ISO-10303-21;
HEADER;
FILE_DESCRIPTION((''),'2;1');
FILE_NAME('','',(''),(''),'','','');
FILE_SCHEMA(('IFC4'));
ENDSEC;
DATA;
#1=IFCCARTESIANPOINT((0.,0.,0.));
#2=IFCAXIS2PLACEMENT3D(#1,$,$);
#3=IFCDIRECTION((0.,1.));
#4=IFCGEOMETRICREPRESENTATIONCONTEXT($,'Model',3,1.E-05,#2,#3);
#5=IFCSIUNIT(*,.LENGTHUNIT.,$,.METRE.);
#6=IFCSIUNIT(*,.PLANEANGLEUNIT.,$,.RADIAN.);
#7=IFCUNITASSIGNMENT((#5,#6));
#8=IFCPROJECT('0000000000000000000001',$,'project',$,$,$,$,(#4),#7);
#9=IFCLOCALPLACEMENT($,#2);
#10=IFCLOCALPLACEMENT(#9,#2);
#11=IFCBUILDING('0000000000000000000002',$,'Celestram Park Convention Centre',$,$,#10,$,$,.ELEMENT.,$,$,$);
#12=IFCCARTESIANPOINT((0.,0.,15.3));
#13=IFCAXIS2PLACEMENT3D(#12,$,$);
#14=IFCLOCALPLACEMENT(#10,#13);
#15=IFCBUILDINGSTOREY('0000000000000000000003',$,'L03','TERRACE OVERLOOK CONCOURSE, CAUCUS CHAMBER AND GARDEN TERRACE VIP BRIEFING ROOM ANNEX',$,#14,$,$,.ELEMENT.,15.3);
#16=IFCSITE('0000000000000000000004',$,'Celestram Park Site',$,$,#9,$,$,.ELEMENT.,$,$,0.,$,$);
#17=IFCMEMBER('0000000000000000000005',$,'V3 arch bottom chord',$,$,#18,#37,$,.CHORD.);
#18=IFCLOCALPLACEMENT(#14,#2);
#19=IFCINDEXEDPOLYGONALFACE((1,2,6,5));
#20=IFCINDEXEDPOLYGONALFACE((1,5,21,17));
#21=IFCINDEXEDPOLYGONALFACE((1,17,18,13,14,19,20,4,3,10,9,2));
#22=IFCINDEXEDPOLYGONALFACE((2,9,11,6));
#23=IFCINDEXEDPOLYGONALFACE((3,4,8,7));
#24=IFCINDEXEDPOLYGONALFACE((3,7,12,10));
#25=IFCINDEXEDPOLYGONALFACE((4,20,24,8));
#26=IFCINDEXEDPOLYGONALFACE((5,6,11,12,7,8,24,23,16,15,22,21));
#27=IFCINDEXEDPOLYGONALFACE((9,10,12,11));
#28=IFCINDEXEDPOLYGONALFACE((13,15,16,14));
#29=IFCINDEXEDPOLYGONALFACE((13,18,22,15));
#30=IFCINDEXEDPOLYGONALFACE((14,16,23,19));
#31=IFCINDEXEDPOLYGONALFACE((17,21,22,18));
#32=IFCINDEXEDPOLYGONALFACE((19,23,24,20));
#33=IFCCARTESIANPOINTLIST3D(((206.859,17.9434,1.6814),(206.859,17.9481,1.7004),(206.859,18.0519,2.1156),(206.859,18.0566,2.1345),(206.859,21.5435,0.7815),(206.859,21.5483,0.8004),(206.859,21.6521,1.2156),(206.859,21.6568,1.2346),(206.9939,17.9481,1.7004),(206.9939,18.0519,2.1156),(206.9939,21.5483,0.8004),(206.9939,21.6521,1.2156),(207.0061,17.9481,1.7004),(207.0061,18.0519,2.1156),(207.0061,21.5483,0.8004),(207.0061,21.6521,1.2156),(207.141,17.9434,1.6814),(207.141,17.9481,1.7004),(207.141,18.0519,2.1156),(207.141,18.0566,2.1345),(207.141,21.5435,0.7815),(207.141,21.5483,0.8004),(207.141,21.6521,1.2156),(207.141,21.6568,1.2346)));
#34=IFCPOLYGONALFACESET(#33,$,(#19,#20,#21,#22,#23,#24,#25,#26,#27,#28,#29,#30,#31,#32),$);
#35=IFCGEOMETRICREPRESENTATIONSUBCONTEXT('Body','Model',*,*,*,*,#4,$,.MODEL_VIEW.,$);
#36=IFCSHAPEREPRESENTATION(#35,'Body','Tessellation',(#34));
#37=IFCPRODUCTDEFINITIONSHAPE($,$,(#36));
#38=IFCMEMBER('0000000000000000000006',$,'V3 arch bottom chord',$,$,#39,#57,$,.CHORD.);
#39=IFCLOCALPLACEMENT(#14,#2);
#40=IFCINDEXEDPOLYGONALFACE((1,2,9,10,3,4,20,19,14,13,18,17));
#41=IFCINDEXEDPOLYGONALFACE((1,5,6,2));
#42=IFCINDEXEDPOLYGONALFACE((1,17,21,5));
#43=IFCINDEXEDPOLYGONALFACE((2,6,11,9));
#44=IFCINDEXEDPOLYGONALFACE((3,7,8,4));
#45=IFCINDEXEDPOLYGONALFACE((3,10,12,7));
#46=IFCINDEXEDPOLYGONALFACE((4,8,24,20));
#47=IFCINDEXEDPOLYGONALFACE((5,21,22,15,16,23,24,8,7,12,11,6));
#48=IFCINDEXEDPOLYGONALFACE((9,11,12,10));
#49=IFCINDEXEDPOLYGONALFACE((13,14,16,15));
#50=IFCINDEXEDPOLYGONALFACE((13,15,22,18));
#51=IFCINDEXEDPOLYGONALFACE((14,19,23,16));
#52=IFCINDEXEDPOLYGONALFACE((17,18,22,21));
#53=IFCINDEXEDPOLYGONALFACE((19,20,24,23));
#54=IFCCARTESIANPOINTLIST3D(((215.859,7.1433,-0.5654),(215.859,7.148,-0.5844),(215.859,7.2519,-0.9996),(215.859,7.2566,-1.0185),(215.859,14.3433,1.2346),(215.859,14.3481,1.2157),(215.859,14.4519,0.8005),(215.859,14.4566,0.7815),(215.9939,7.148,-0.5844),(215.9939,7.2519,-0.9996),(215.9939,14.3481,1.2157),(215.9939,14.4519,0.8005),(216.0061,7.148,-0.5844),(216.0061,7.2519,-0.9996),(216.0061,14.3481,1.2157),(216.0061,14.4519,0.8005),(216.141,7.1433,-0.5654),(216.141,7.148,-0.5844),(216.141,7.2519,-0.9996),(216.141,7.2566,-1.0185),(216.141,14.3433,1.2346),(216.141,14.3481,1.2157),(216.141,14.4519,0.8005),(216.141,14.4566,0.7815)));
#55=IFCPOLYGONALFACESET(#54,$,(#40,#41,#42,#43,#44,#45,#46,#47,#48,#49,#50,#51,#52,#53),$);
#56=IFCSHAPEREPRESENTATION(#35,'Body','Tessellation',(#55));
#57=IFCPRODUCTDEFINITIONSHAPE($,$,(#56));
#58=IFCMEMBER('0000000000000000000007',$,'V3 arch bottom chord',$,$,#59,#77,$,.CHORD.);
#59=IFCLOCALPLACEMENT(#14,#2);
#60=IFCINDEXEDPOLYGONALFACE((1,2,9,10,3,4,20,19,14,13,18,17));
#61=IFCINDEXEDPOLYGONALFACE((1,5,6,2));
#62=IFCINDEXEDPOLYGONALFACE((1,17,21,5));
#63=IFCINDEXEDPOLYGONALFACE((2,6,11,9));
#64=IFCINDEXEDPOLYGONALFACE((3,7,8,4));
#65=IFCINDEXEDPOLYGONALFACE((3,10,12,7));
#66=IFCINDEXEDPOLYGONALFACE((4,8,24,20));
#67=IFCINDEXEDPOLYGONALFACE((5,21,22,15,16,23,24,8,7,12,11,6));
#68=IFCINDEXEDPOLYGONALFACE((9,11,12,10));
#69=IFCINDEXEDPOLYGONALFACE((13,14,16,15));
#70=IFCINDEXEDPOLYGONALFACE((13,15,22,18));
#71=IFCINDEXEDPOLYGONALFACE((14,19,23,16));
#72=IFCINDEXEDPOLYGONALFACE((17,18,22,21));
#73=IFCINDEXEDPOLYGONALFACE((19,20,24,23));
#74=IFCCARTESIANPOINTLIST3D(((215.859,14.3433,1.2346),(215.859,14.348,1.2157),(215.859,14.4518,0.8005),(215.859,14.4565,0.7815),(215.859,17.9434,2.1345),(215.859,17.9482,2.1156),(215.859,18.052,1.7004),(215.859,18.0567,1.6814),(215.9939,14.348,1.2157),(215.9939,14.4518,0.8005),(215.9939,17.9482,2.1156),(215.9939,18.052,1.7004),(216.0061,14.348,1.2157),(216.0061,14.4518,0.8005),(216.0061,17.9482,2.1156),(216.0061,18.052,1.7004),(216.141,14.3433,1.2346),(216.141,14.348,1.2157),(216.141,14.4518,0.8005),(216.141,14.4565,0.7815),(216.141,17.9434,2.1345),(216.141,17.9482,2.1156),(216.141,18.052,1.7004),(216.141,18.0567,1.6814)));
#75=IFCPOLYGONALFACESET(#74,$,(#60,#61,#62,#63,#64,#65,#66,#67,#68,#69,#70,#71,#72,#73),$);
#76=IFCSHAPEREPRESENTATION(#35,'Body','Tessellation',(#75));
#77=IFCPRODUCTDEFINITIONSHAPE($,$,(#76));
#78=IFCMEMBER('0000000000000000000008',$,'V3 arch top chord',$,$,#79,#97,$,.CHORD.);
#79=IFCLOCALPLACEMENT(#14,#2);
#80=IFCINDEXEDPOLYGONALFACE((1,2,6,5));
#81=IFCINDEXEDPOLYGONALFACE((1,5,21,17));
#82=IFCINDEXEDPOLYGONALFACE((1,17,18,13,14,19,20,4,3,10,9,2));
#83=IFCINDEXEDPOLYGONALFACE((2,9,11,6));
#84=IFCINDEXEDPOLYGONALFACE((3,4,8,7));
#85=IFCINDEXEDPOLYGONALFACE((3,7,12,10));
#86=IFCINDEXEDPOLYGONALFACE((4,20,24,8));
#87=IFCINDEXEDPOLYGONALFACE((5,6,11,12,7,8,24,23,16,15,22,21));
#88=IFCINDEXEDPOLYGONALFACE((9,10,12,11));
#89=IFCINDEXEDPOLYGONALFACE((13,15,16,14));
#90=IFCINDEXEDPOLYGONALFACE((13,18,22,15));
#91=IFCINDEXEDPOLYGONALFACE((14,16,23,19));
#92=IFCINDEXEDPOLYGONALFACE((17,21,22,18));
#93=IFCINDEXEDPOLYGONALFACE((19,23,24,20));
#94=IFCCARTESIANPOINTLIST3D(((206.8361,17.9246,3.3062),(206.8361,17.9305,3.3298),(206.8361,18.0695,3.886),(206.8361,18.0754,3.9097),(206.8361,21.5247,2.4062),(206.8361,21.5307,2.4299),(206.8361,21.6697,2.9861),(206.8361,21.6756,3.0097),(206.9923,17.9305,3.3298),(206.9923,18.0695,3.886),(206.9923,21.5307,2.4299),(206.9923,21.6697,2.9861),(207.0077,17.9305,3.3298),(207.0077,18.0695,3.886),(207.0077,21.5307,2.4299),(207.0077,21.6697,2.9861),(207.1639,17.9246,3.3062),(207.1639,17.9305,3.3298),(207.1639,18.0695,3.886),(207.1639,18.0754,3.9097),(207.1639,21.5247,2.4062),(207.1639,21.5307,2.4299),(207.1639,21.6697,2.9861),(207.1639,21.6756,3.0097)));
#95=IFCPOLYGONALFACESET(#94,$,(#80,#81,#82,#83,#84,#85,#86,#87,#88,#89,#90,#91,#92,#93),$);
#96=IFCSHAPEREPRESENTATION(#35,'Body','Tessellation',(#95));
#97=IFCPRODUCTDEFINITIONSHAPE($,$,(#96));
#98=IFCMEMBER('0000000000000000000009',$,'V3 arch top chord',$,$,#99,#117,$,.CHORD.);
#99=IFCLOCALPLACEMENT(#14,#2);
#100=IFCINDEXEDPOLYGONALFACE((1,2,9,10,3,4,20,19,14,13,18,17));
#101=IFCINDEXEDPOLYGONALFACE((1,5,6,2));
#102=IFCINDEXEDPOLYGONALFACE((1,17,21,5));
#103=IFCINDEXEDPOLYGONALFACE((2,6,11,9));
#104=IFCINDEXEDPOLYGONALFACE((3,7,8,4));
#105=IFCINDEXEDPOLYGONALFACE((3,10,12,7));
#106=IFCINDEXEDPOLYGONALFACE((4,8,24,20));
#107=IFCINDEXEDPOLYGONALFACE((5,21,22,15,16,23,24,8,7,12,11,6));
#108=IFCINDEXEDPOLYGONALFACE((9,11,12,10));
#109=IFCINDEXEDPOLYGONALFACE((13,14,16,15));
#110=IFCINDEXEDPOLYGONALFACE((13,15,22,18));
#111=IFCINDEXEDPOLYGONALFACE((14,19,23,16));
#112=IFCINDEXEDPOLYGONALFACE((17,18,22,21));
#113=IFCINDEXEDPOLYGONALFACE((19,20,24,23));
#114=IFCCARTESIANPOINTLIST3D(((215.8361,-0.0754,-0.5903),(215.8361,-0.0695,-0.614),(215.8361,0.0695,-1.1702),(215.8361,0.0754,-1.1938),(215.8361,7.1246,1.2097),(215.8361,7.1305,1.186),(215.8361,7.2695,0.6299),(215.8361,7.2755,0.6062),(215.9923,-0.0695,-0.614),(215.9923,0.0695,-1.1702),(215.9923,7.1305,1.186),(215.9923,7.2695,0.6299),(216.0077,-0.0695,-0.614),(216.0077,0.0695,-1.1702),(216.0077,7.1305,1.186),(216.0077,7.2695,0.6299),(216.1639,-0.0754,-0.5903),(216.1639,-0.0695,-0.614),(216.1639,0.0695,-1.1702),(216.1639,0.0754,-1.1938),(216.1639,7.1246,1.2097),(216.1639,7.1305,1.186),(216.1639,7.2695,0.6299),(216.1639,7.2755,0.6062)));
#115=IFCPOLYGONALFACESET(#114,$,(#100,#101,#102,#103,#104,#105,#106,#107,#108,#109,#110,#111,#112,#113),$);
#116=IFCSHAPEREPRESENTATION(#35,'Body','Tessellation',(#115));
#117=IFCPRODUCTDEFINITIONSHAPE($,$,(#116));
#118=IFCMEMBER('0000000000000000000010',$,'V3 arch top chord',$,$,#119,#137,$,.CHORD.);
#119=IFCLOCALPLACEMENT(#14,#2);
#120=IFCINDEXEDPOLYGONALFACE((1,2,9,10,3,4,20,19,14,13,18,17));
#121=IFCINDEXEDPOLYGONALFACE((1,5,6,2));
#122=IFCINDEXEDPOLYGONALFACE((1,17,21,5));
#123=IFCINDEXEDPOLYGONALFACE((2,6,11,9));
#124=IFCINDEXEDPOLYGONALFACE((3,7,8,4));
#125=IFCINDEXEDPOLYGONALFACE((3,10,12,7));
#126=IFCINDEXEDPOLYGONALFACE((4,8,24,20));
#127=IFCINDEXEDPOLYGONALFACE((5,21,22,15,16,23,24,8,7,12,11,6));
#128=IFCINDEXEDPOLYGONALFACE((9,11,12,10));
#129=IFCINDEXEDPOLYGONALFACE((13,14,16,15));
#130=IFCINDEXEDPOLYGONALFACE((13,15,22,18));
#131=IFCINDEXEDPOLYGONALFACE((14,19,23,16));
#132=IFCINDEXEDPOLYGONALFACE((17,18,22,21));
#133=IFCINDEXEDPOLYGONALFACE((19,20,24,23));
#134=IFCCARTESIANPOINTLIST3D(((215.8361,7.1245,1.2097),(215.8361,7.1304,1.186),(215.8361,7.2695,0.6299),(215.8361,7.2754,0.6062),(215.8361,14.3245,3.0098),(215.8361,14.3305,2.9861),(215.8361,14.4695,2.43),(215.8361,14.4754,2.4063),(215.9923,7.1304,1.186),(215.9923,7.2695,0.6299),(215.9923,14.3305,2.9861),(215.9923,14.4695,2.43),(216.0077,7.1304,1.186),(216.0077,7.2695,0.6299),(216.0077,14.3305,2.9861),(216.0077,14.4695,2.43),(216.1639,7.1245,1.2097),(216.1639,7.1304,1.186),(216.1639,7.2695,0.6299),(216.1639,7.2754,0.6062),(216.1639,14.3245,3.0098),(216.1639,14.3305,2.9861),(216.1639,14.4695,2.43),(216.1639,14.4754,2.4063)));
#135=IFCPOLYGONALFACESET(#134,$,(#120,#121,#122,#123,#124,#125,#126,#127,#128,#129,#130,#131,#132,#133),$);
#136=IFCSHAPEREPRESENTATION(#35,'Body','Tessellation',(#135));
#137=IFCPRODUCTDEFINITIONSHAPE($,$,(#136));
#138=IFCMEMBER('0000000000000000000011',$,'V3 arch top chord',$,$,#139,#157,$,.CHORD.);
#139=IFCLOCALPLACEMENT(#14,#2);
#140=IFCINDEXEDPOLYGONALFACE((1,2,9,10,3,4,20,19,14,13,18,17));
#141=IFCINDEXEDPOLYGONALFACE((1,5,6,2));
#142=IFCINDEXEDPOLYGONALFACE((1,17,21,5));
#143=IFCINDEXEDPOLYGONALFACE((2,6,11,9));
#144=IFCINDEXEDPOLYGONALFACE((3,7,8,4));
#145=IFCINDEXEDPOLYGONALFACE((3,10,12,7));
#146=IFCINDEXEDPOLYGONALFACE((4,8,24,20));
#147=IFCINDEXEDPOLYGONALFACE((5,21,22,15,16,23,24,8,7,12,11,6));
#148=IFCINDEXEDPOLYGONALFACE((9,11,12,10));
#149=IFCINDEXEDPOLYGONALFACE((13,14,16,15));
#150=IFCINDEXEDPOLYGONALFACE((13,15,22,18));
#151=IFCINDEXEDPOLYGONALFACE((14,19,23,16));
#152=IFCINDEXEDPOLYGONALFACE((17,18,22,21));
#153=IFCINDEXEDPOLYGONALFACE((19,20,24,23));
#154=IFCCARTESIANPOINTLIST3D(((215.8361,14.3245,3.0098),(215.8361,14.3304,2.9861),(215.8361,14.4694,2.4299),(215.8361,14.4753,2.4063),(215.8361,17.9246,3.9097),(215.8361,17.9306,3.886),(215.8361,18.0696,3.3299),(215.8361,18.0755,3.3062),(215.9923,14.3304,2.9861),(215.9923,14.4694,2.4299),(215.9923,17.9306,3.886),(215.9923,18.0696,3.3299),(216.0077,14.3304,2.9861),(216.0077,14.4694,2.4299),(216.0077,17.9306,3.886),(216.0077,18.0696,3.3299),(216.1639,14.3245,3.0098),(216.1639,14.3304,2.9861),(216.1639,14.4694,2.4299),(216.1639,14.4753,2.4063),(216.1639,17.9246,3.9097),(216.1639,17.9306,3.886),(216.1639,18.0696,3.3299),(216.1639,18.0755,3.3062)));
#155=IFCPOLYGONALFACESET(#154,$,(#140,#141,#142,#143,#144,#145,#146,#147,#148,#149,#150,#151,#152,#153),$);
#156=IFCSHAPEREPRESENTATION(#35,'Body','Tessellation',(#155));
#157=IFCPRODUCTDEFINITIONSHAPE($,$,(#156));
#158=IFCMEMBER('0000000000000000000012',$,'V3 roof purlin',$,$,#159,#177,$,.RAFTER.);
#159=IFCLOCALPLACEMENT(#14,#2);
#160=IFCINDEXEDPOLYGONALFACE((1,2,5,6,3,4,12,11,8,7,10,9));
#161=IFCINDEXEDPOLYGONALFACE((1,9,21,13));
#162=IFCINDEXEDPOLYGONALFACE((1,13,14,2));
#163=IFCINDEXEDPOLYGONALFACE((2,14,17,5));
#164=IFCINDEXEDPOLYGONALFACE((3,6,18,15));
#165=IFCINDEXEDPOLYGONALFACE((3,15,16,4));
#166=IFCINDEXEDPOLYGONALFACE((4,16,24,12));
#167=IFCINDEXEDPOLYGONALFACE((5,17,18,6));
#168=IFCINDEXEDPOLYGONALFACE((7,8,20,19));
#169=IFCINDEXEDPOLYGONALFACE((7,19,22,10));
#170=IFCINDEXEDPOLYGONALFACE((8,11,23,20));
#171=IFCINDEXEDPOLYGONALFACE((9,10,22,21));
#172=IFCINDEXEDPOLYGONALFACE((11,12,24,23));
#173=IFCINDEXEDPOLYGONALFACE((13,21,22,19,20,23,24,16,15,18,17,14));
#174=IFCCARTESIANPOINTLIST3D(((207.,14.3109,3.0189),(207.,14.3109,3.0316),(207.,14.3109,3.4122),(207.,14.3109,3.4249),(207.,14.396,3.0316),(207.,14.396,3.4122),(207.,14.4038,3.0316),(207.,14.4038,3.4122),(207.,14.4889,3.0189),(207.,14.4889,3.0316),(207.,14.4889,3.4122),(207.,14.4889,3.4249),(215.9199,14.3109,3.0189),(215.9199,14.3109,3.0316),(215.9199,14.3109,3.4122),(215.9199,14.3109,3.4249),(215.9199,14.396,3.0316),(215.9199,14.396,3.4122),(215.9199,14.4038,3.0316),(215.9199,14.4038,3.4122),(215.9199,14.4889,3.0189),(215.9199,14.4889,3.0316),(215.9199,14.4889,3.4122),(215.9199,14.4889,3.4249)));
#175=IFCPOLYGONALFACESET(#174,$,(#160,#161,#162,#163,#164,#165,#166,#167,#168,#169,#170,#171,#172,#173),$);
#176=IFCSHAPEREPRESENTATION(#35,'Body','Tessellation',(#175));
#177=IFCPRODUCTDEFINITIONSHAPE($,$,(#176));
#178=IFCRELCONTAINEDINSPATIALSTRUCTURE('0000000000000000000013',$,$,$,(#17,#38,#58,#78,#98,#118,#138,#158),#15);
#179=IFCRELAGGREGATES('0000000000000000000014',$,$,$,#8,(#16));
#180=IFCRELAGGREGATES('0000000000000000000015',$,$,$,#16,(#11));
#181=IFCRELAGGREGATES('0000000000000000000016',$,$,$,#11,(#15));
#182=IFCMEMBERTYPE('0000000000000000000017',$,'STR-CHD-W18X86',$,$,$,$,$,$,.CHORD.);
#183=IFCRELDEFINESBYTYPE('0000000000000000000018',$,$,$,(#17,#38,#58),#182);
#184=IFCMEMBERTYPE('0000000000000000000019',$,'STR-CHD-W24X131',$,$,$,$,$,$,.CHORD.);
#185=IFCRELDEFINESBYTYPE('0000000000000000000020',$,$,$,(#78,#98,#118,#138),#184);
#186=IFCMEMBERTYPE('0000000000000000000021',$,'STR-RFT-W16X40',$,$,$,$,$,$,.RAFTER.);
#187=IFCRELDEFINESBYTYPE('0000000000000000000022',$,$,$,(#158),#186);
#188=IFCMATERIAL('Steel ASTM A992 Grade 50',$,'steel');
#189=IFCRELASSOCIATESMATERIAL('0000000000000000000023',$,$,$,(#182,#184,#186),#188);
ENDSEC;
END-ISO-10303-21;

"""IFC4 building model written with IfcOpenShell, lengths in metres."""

from ifc_helpers import new_model, si_unit, direction, frame, origin, origin_2d, place, context, subcontext, project, spatial, i_section, extrude, material, material_profile, profile_set, type_object, element, save


model = new_model("IFC4")

# Units and contexts
model_context = context("Model", 3, precision=1e-05, world=origin(), true_north=direction((0.0, 1.0)))
body_context = subcontext(model_context, "Body", "Model", "MODEL_VIEW")
ifc_project = project(units=[si_unit("LENGTHUNIT", "METRE"), si_unit("PLANEANGLEUNIT", "RADIAN")], contexts=[model_context])

# Site, building, storey
site_placement = place(None, origin())
site = spatial("IfcSite", under=ifc_project, at=site_placement, Name="Celestram Park Site", CompositionType="ELEMENT", RefElevation=0.0)
building_placement = place(site_placement, origin())
building = spatial("IfcBuilding", under=site, at=building_placement, Name="Celestram Park Convention Centre", CompositionType="ELEMENT")
storey_placement = place(building_placement, frame((0.0, 0.0, 15.3)))
storey = spatial("IfcBuildingStorey", under=building, at=storey_placement, Name="L03", Description="TERRACE OVERLOOK CONCOURSE, CAUCUS CHAMBER AND GARDEN TERRACE VIP BRIEFING ROOM ANNEX", CompositionType="ELEMENT", Elevation=15.3)

# Members
ifc_material_1 = material(Name="Steel ASTM A992 Grade 50", Category="steel")
ifc_material_profile_1 = material_profile(ifc_material_1, i_section(OverallWidth=0.282, OverallDepth=0.467, WebThickness=0.0122, FlangeThickness=0.0195, at=origin_2d()), Name="W18X86")
ifc_profile_set_1 = profile_set([ifc_material_profile_1], Name="Steel ASTM A992 Grade 50")
member_type_1 = type_object("IfcMemberType", Name="STR-CHD-W18X86", PredefinedType="CHORD", material=ifc_profile_set_1)
for number, where, z_axis, x_axis, name in (
    (1, (207.0, 18.0, 1.908), (0.0, 0.97015, -0.242505), (-1.0, 0.0, 0.0), "V3 arch bottom chord"),
):
    element("IfcMember", number, at=place(storey_placement, frame(where, z_axis=z_axis, x_axis=x_axis)), inside=storey, type_object=member_type_1, Name=name, PredefinedType="CHORD", context=body_context, shape_type="SweptSolid", body=[
        extrude(i_section(OverallWidth=0.282, OverallDepth=0.467, WebThickness=0.0122, FlangeThickness=0.0195, at=origin_2d()), origin(), (0.0, 0.0, 1.0), 3.7109),
    ])
member_1_placement = place(storey_placement, frame((216.0, 7.2, -0.792), z_axis=(0.0, 0.970141, 0.242543), x_axis=(-1.0, 0.0, 0.0)))
element("IfcMember", 2, at=member_1_placement, inside=storey, type_object=member_type_1, Name="V3 arch bottom chord", PredefinedType="CHORD", context=body_context, shape_type="SweptSolid", body=[
    extrude(i_section(OverallWidth=0.282, OverallDepth=0.467, WebThickness=0.0122, FlangeThickness=0.0195, at=origin_2d()), origin(), (0.0, 0.0, 1.0), 7.4216),
])
member_2_placement = place(storey_placement, frame((216.0, 14.3999, 1.0081), z_axis=(0.0, 0.97015, 0.242505), x_axis=(-1.0, 0.0, 0.0)))
element("IfcMember", 3, at=member_2_placement, inside=storey, type_object=member_type_1, Name="V3 arch bottom chord", PredefinedType="CHORD", context=body_context, shape_type="SweptSolid", body=[
    extrude(i_section(OverallWidth=0.282, OverallDepth=0.467, WebThickness=0.0122, FlangeThickness=0.0195, at=origin_2d()), origin(), (0.0, 0.0, 1.0), 3.7109),
])
ifc_material_profile_2 = material_profile(ifc_material_1, i_section(OverallWidth=0.3279, OverallDepth=0.6221, WebThickness=0.0154, FlangeThickness=0.0244, at=origin_2d()), Name="W24X131")
ifc_profile_set_2 = profile_set([ifc_material_profile_2], Name="Steel ASTM A992 Grade 50")
member_type_2 = type_object("IfcMemberType", Name="STR-CHD-W24X131", PredefinedType="CHORD", material=ifc_profile_set_2)
member_3_placement = place(storey_placement, frame((207.0, 18.0, 3.6079), z_axis=(0.0, 0.97015, -0.242505), x_axis=(-1.0, 0.0, 0.0)))
element("IfcMember", 4, at=member_3_placement, inside=storey, type_object=member_type_2, Name="V3 arch top chord", PredefinedType="CHORD", context=body_context, shape_type="SweptSolid", body=[
    extrude(i_section(OverallWidth=0.3279, OverallDepth=0.6221, WebThickness=0.0154, FlangeThickness=0.0244, at=origin_2d()), origin(), (0.0, 0.0, 1.0), 3.7109),
])
for number, where, z_axis, x_axis, name in (
    (5, (216.0, 0.0, -0.8921), (0.0, 0.970141, 0.242543), (-1.0, 0.0, 0.0), "V3 arch top chord"),
    (6, (216.0, 7.2, 0.908), (0.0, 0.970141, 0.242543), (-1.0, 0.0, 0.0), "V3 arch top chord"),
):
    element("IfcMember", number, at=place(storey_placement, frame(where, z_axis=z_axis, x_axis=x_axis)), inside=storey, type_object=member_type_2, Name=name, PredefinedType="CHORD", context=body_context, shape_type="SweptSolid", body=[
        extrude(i_section(OverallWidth=0.3279, OverallDepth=0.6221, WebThickness=0.0154, FlangeThickness=0.0244, at=origin_2d()), origin(), (0.0, 0.0, 1.0), 7.4216),
    ])
member_4_placement = place(storey_placement, frame((216.0, 14.3999, 2.708), z_axis=(0.0, 0.97015, 0.242505), x_axis=(-1.0, 0.0, 0.0)))
element("IfcMember", 7, at=member_4_placement, inside=storey, type_object=member_type_2, Name="V3 arch top chord", PredefinedType="CHORD", context=body_context, shape_type="SweptSolid", body=[
    extrude(i_section(OverallWidth=0.3279, OverallDepth=0.6221, WebThickness=0.0154, FlangeThickness=0.0244, at=origin_2d()), origin(), (0.0, 0.0, 1.0), 3.7109),
])
ifc_material_profile_3 = material_profile(ifc_material_1, i_section(OverallWidth=0.178, OverallDepth=0.406, WebThickness=0.0078, FlangeThickness=0.0127, at=origin_2d()), Name="W16X40")
ifc_profile_set_3 = profile_set([ifc_material_profile_3], Name="Steel ASTM A992 Grade 50")
member_type_3 = type_object("IfcMemberType", Name="STR-RFT-W16X40", PredefinedType="RAFTER", material=ifc_profile_set_3)
member_5_placement = place(storey_placement, frame((207.0, 14.3999, 3.2219), z_axis=(1.0, 0.0, 0.0), x_axis=(0.0, 1.0, 0.0)))
element("IfcMember", 8, at=member_5_placement, inside=storey, type_object=member_type_3, Name="V3 roof purlin", PredefinedType="RAFTER", context=body_context, shape_type="SweptSolid", body=[
    extrude(i_section(OverallWidth=0.178, OverallDepth=0.406, WebThickness=0.0078, FlangeThickness=0.0127, at=origin_2d()), origin(), (0.0, 0.0, 1.0), 8.9199),
])

save(model, "model.ifc")
